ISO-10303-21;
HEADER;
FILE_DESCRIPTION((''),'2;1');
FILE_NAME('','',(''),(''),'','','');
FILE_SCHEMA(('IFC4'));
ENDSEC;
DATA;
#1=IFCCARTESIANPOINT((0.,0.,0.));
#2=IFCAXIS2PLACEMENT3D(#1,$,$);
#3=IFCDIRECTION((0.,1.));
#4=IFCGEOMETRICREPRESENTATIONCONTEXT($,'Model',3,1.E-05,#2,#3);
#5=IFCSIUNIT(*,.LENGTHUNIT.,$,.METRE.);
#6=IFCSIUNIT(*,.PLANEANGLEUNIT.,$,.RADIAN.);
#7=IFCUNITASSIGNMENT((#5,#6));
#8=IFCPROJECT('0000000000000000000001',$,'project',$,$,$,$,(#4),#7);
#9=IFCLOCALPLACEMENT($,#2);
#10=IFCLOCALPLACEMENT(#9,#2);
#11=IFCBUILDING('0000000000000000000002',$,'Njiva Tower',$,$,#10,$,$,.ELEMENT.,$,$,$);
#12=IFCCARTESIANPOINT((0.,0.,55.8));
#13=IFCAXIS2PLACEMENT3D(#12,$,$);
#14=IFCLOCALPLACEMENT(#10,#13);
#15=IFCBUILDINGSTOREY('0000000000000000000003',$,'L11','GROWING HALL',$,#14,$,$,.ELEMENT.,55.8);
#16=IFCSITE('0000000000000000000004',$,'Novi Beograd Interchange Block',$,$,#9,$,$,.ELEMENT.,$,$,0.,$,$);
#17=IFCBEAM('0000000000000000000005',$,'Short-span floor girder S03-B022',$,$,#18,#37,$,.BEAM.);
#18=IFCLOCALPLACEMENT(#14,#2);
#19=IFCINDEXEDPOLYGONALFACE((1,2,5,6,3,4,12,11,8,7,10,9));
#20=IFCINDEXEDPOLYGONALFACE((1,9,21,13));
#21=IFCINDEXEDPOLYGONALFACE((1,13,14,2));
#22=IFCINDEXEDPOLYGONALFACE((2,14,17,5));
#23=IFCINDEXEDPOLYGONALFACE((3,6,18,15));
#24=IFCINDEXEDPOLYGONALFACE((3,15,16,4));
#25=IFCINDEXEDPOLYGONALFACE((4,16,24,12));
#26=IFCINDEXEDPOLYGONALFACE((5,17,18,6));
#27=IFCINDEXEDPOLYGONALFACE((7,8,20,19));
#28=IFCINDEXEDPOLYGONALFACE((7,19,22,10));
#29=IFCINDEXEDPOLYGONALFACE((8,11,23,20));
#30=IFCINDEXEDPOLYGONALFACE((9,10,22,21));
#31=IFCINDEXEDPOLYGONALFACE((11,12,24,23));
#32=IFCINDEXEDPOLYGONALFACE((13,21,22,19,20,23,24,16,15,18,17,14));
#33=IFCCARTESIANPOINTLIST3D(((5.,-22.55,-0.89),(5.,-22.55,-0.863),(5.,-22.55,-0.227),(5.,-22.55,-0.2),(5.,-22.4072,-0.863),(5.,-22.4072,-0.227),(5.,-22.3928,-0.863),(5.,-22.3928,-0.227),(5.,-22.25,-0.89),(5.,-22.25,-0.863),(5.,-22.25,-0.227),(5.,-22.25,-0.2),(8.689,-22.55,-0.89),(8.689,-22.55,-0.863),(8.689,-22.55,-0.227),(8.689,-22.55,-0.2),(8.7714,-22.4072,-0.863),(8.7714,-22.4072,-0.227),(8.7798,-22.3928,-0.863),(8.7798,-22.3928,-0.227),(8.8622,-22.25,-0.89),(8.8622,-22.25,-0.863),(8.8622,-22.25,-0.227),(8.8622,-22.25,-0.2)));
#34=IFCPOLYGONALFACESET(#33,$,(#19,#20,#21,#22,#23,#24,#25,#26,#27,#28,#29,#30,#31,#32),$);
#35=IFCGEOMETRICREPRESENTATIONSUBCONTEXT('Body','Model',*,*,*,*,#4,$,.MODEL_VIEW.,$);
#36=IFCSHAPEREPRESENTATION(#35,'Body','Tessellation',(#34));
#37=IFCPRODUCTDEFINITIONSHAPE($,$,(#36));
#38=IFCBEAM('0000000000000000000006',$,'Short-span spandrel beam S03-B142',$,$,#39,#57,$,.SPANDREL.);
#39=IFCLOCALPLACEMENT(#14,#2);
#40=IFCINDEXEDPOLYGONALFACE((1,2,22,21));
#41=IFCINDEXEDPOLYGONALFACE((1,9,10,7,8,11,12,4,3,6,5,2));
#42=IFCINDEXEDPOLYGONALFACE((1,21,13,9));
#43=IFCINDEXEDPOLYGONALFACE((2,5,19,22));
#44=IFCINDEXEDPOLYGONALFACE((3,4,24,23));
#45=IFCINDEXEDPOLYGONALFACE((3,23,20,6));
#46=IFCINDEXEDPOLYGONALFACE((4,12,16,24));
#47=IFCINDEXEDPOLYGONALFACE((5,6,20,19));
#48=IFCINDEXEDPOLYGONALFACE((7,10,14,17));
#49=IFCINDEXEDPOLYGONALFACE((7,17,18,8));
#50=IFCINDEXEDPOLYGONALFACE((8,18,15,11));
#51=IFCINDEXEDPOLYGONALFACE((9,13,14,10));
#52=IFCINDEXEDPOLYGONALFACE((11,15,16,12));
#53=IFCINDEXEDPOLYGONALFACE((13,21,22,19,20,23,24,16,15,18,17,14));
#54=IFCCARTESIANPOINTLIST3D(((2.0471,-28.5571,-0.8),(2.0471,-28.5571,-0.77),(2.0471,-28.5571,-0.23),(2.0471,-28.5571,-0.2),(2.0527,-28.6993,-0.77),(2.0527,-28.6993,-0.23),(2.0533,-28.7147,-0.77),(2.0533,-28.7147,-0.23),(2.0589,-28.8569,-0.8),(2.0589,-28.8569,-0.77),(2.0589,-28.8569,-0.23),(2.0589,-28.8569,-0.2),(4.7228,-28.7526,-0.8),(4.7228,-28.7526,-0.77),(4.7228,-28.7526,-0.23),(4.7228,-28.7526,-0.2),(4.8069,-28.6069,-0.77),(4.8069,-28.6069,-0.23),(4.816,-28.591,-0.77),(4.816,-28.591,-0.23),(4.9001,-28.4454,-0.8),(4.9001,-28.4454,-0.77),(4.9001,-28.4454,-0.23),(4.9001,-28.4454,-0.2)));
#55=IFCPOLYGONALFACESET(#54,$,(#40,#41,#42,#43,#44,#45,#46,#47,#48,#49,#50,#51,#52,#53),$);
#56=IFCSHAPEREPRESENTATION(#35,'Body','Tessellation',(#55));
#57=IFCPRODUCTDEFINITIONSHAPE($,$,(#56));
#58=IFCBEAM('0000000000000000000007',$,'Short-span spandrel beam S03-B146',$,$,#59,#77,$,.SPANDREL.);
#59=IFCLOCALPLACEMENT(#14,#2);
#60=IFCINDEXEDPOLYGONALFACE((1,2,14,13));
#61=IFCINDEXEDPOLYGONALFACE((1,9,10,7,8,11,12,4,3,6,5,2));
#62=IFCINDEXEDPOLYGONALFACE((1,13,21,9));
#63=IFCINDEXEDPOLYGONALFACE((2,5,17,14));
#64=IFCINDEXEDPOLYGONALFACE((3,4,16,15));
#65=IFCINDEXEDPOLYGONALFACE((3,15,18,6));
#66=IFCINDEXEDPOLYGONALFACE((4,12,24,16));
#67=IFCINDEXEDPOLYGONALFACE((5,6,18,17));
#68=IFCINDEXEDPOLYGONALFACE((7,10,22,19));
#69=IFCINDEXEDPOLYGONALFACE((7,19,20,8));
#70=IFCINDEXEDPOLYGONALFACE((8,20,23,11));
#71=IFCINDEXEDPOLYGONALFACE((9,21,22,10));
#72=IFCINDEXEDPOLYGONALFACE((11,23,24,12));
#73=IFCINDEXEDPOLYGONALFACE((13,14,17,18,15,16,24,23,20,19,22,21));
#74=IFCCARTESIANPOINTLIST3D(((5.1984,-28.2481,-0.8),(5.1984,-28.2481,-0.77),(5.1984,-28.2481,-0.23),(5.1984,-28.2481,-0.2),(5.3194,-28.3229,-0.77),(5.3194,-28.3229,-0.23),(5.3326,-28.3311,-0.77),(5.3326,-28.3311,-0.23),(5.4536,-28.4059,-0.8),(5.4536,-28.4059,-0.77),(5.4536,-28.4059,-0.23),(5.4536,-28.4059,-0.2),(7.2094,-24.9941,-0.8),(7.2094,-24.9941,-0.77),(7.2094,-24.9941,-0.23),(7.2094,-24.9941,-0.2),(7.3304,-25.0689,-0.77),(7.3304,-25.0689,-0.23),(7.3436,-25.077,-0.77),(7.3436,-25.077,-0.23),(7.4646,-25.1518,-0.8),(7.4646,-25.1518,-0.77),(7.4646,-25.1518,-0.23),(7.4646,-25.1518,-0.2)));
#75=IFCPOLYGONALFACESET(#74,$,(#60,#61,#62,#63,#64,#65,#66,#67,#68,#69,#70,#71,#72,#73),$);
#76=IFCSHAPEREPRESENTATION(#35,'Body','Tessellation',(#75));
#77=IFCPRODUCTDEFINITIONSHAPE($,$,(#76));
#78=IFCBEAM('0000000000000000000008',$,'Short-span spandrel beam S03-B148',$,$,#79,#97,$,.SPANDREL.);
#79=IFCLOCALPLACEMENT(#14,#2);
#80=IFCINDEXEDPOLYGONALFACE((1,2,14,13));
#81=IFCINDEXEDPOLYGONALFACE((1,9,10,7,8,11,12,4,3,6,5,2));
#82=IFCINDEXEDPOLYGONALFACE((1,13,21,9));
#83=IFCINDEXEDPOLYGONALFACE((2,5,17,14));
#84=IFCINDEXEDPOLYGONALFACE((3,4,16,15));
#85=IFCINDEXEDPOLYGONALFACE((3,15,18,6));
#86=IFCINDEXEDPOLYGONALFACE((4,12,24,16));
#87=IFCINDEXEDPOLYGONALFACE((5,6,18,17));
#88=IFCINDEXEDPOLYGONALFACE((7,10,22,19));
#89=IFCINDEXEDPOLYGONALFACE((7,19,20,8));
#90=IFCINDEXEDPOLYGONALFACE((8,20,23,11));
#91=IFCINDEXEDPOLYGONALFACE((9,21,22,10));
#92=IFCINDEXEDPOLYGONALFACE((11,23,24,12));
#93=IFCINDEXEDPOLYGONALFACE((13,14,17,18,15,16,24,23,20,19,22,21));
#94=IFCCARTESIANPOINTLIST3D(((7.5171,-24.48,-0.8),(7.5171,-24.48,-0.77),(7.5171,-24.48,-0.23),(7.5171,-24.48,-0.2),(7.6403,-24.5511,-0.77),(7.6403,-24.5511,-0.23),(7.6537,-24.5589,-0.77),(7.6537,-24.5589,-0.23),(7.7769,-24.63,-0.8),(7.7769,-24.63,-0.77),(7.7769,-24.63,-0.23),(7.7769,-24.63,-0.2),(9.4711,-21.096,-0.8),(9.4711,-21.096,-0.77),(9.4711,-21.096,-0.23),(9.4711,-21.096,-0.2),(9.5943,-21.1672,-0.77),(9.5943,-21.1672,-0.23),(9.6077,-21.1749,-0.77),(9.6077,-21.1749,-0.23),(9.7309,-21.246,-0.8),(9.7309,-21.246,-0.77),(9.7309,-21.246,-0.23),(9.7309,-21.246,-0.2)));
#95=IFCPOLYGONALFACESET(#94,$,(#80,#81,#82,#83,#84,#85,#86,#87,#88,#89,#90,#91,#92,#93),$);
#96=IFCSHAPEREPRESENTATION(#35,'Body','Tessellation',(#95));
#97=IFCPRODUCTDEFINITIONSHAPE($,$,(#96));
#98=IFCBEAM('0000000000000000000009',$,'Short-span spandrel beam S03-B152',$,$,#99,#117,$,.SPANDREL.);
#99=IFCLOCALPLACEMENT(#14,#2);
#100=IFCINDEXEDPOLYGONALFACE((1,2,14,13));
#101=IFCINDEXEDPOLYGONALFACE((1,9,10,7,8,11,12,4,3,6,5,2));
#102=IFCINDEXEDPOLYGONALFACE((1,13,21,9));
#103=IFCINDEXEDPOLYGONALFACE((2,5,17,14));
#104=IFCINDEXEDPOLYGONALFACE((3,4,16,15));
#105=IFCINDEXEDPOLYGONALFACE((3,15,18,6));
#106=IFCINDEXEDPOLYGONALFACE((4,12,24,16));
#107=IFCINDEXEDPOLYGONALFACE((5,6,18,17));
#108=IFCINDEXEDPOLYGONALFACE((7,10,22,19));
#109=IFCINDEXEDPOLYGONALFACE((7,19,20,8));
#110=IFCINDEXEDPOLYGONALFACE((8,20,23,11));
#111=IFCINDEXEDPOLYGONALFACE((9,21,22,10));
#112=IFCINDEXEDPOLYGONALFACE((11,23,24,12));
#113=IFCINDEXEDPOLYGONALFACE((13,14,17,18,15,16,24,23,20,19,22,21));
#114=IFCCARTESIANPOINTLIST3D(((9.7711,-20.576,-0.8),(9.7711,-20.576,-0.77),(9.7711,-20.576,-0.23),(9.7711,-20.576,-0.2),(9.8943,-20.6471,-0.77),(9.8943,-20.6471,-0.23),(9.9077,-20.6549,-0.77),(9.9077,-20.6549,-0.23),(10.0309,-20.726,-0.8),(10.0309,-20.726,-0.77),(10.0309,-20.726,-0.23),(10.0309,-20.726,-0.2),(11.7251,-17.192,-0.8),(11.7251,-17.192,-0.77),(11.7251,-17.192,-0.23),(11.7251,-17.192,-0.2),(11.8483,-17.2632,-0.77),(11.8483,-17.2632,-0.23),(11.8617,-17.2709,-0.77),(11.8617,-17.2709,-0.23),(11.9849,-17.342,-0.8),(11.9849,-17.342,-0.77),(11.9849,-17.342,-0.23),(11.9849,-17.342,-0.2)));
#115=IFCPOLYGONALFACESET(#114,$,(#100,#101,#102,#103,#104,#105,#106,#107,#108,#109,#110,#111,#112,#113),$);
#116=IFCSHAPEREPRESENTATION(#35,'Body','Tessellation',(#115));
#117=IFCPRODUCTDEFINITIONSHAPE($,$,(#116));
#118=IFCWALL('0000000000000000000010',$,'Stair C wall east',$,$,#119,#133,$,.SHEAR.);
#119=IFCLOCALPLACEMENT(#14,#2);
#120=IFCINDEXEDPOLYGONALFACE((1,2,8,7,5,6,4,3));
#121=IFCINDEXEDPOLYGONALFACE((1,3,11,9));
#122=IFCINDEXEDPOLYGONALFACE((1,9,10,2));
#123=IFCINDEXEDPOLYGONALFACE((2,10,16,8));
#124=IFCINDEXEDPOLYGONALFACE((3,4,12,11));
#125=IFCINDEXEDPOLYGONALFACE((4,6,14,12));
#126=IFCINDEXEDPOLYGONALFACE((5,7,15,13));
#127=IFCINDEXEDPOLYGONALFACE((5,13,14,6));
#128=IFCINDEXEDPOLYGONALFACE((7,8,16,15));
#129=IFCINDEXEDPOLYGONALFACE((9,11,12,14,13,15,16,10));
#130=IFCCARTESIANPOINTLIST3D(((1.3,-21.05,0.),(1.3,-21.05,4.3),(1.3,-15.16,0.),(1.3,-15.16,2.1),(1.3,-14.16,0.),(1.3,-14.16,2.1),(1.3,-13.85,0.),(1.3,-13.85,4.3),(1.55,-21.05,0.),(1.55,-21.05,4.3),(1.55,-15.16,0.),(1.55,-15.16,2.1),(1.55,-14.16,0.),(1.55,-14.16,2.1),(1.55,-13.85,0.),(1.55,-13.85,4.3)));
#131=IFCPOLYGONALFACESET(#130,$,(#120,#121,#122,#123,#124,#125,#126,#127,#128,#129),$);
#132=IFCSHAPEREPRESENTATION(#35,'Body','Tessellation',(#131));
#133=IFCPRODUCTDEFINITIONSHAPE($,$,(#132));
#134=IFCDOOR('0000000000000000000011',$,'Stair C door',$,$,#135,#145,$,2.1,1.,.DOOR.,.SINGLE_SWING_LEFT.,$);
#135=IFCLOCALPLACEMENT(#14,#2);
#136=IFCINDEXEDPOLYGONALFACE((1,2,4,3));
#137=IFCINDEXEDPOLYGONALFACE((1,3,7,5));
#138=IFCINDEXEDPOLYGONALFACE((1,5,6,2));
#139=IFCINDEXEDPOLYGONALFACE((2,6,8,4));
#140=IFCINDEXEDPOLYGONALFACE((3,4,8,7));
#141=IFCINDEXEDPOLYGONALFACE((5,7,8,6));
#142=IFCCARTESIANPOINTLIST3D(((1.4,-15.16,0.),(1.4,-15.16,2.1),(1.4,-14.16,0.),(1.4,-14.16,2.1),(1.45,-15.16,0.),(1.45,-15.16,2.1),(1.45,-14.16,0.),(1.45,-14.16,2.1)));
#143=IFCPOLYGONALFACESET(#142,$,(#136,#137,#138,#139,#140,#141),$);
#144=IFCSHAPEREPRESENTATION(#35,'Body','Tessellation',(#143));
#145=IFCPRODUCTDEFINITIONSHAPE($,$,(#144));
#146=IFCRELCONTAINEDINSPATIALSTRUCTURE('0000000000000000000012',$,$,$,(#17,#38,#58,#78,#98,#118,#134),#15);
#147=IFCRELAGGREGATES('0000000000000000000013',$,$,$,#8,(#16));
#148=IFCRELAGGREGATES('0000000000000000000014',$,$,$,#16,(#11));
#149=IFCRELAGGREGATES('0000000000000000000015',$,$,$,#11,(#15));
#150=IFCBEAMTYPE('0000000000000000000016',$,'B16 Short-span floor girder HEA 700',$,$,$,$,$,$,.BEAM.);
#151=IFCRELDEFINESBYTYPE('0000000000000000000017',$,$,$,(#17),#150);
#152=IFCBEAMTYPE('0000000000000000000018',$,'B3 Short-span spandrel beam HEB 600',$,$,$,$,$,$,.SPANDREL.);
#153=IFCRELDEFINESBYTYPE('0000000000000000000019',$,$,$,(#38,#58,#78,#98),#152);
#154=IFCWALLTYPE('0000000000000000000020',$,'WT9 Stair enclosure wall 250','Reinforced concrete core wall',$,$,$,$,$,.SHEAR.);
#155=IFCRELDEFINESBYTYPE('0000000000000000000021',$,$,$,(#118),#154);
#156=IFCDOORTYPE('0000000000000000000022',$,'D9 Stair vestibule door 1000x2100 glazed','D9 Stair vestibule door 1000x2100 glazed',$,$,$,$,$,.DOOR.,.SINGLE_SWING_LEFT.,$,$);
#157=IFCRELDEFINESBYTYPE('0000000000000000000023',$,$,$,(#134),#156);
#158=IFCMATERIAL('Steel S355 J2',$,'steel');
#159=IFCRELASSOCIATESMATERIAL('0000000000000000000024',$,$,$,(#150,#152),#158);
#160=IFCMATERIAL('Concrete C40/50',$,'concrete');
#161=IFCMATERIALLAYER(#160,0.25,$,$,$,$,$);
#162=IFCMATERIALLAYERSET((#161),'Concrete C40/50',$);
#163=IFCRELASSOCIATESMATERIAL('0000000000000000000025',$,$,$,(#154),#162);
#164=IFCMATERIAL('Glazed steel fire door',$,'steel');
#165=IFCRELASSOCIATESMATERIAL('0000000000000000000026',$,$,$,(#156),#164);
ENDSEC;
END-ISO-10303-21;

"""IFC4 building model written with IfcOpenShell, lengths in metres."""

from ifc_helpers import new_model, si_unit, direction, frame, frame_2d, origin, origin_2d, place, context, subcontext, project, spatial, rectangle, i_section, extrude, clip, halfspace, material, layer, layer_set, material_profile, profile_set, type_object, element, fill, save


model = new_model("IFC4")

# Units and contexts
model_context = context("Model", 3, precision=1e-05, world=origin(), true_north=direction((0.0, 1.0)))
body_context = subcontext(model_context, "Body", "Model", "MODEL_VIEW")
ifc_project = project(units=[si_unit("LENGTHUNIT", "METRE"), si_unit("PLANEANGLEUNIT", "RADIAN")], contexts=[model_context])

# Site, building, storey
site_placement = place(None, origin())
site = spatial("IfcSite", under=ifc_project, at=site_placement, Name="Novi Beograd Interchange Block", CompositionType="ELEMENT", RefElevation=0.0)
building_placement = place(site_placement, origin())
building = spatial("IfcBuilding", under=site, at=building_placement, Name="Njiva Tower", CompositionType="ELEMENT")
storey_placement = place(building_placement, frame((0.0, 0.0, 55.8)))
storey = spatial("IfcBuildingStorey", under=building, at=storey_placement, Name="L11", Description="GROWING HALL", CompositionType="ELEMENT", Elevation=55.8)

# Shared definitions
ifc_material_1 = material(Name="Steel S355 J2", Category="steel")

# Beams
ifc_material_profile_1 = material_profile(ifc_material_1, i_section(OverallWidth=0.3, OverallDepth=0.69, WebThickness=0.0145, FlangeThickness=0.027, at=origin_2d()), Name="HEA 700")
ifc_profile_set_1 = profile_set([ifc_material_profile_1], Name="Steel S355 J2")
beam_type_1 = type_object("IfcBeamType", Name="B16 Short-span floor girder HEA 700", PredefinedType="BEAM", material=ifc_profile_set_1)
beam_1_placement = place(storey_placement, frame((5.0, -22.4, -0.545), z_axis=(1.0, 0.0, 0.0), x_axis=(0.0, 1.0, 0.0)))
element("IfcBeam", 1, at=beam_1_placement, inside=storey, type_object=beam_type_1, Name="Short-span floor girder S03-B022", PredefinedType="BEAM", context=body_context, shape_type="Clipping", body=[
    clip(extrude(i_section(OverallWidth=0.3, OverallDepth=0.69, WebThickness=0.0145, FlangeThickness=0.027, at=origin_2d()), origin(), (0.0, 0.0, 1.0), 3.883), halfspace(frame((-0.025, 0.0, 3.7612), z_axis=(-0.499998, 0.0, 0.866027), x_axis=(0.0, 1.0, 0.0)), False)),
])
ifc_material_profile_2 = material_profile(ifc_material_1, i_section(OverallWidth=0.3, OverallDepth=0.6, WebThickness=0.0155, FlangeThickness=0.03, at=origin_2d()), Name="HEB 600")
ifc_profile_set_2 = profile_set([ifc_material_profile_2], Name="Steel S355 J2")
beam_type_2 = type_object("IfcBeamType", Name="B3 Short-span spandrel beam HEB 600", PredefinedType="SPANDREL", material=ifc_profile_set_2)
beam_2_placement = place(storey_placement, frame((2.053, -28.707, -0.5), z_axis=(0.999234, 0.039129, 0.0), x_axis=(-0.039129, 0.999234, 0.0)))
element("IfcBeam", 2, at=beam_2_placement, inside=storey, type_object=beam_type_2, Name="Short-span spandrel beam S03-B142", PredefinedType="SPANDREL", context=body_context, shape_type="Clipping", body=[
    clip(extrude(i_section(OverallWidth=0.3, OverallDepth=0.6, WebThickness=0.0155, FlangeThickness=0.03, at=origin_2d()), origin(), (0.0, 0.0, 1.0), 2.8751), halfspace(frame((-0.0269, 0.0, 2.7436), z_axis=(-0.533502, 0.0, 0.845799), x_axis=(0.0, 1.0, 0.0)), False)),
])
beam_3_placement = place(storey_placement, frame((5.326, -28.327, -0.5), z_axis=(0.525715, 0.85066, 0.0), x_axis=(-0.85066, 0.525715, 0.0)))
element("IfcBeam", 3, at=beam_3_placement, inside=storey, type_object=beam_type_2, Name="Short-span spandrel beam S03-B146", PredefinedType="SPANDREL", context=body_context, shape_type="SweptSolid", body=[
    extrude(i_section(OverallWidth=0.3, OverallDepth=0.6, WebThickness=0.0155, FlangeThickness=0.03, at=origin_2d()), origin(), (0.0, 0.0, 1.0), 3.8253),
])
for number, where, z_axis, x_axis, name in (
    (4, (7.647, -24.555, -0.5), (0.500047, 0.865998, 0.0), (-0.865998, 0.500047, 0.0), "Short-span spandrel beam S03-B148"),
    (5, (9.901, -20.651, -0.5), (0.500047, 0.865998, 0.0), (-0.865998, 0.500047, 0.0), "Short-span spandrel beam S03-B152"),
):
    element("IfcBeam", number, at=place(storey_placement, frame(where, z_axis=z_axis, x_axis=x_axis)), inside=storey, type_object=beam_type_2, Name=name, PredefinedType="SPANDREL", context=body_context, shape_type="SweptSolid", body=[
        extrude(i_section(OverallWidth=0.3, OverallDepth=0.6, WebThickness=0.0155, FlangeThickness=0.03, at=origin_2d()), origin(), (0.0, 0.0, 1.0), 3.9076),
    ])

# Wall, opening, door
ifc_material_2 = material(Name="Concrete C40/50", Category="concrete")
ifc_layer_1 = layer(ifc_material_2, 0.25)
ifc_layer_set_1 = layer_set([ifc_layer_1], Name="Concrete C40/50")
wall_type_1 = type_object("IfcWallType", Name="WT9 Stair enclosure wall 250", Description="Reinforced concrete core wall", PredefinedType="SHEAR", material=ifc_layer_set_1)
wall_1_placement = place(storey_placement, frame((1.425, -21.05, 0.0), z_axis=(0.0, 0.0, 1.0), x_axis=(0.0, 1.0, 0.0)))
wall_1 = element("IfcWall", 6, at=wall_1_placement, inside=storey, type_object=wall_type_1, Name="Stair C wall east", PredefinedType="SHEAR", context=body_context, shape_type="SweptSolid", body=[
    extrude(rectangle(XDim=7.2, YDim=0.25, at=frame_2d((3.6, 0.0))), origin(), (0.0, 0.0, 1.0), 4.3),
])
opening_1_placement = place(wall_1_placement, frame((5.89, 0.0, 0.0)))
opening_1 = element("IfcOpeningElement", 7, at=opening_1_placement, cuts=wall_1, PredefinedType="OPENING", context=body_context, shape_type="SweptSolid", body=[
    extrude(rectangle(XDim=1.0, YDim=2.1, at=frame_2d((0.5, 1.05))), frame((0.0, 0.135, 0.0), z_axis=(0.0, -1.0, 0.0), x_axis=(1.0, 0.0, 0.0)), (0.0, 0.0, 1.0), 0.27),
])
ifc_material_3 = material(Name="Glazed steel fire door", Category="steel")
door_type = type_object("IfcDoorType", Name="D9 Stair vestibule door 1000x2100 glazed", Description="D9 Stair vestibule door 1000x2100 glazed", OperationType="SINGLE_SWING_LEFT", PredefinedType="DOOR", material=ifc_material_3)
door_placement = place(opening_1_placement, origin())
door = element("IfcDoor", 8, at=door_placement, inside=storey, type_object=door_type, Name="Stair C door", OperationType="SINGLE_SWING_LEFT", OverallHeight=2.1, OverallWidth=1.0, PredefinedType="DOOR", context=body_context, shape_type="SweptSolid", body=[
    extrude(rectangle(XDim=1.0, YDim=2.1, at=frame_2d((0.5, 1.05))), frame((0.0, 0.025, 0.0), z_axis=(0.0, -1.0, 0.0), x_axis=(1.0, 0.0, 0.0)), (0.0, 0.0, 1.0), 0.05),
])
fill(opening_1, door)

save(model, "model.ifc")
